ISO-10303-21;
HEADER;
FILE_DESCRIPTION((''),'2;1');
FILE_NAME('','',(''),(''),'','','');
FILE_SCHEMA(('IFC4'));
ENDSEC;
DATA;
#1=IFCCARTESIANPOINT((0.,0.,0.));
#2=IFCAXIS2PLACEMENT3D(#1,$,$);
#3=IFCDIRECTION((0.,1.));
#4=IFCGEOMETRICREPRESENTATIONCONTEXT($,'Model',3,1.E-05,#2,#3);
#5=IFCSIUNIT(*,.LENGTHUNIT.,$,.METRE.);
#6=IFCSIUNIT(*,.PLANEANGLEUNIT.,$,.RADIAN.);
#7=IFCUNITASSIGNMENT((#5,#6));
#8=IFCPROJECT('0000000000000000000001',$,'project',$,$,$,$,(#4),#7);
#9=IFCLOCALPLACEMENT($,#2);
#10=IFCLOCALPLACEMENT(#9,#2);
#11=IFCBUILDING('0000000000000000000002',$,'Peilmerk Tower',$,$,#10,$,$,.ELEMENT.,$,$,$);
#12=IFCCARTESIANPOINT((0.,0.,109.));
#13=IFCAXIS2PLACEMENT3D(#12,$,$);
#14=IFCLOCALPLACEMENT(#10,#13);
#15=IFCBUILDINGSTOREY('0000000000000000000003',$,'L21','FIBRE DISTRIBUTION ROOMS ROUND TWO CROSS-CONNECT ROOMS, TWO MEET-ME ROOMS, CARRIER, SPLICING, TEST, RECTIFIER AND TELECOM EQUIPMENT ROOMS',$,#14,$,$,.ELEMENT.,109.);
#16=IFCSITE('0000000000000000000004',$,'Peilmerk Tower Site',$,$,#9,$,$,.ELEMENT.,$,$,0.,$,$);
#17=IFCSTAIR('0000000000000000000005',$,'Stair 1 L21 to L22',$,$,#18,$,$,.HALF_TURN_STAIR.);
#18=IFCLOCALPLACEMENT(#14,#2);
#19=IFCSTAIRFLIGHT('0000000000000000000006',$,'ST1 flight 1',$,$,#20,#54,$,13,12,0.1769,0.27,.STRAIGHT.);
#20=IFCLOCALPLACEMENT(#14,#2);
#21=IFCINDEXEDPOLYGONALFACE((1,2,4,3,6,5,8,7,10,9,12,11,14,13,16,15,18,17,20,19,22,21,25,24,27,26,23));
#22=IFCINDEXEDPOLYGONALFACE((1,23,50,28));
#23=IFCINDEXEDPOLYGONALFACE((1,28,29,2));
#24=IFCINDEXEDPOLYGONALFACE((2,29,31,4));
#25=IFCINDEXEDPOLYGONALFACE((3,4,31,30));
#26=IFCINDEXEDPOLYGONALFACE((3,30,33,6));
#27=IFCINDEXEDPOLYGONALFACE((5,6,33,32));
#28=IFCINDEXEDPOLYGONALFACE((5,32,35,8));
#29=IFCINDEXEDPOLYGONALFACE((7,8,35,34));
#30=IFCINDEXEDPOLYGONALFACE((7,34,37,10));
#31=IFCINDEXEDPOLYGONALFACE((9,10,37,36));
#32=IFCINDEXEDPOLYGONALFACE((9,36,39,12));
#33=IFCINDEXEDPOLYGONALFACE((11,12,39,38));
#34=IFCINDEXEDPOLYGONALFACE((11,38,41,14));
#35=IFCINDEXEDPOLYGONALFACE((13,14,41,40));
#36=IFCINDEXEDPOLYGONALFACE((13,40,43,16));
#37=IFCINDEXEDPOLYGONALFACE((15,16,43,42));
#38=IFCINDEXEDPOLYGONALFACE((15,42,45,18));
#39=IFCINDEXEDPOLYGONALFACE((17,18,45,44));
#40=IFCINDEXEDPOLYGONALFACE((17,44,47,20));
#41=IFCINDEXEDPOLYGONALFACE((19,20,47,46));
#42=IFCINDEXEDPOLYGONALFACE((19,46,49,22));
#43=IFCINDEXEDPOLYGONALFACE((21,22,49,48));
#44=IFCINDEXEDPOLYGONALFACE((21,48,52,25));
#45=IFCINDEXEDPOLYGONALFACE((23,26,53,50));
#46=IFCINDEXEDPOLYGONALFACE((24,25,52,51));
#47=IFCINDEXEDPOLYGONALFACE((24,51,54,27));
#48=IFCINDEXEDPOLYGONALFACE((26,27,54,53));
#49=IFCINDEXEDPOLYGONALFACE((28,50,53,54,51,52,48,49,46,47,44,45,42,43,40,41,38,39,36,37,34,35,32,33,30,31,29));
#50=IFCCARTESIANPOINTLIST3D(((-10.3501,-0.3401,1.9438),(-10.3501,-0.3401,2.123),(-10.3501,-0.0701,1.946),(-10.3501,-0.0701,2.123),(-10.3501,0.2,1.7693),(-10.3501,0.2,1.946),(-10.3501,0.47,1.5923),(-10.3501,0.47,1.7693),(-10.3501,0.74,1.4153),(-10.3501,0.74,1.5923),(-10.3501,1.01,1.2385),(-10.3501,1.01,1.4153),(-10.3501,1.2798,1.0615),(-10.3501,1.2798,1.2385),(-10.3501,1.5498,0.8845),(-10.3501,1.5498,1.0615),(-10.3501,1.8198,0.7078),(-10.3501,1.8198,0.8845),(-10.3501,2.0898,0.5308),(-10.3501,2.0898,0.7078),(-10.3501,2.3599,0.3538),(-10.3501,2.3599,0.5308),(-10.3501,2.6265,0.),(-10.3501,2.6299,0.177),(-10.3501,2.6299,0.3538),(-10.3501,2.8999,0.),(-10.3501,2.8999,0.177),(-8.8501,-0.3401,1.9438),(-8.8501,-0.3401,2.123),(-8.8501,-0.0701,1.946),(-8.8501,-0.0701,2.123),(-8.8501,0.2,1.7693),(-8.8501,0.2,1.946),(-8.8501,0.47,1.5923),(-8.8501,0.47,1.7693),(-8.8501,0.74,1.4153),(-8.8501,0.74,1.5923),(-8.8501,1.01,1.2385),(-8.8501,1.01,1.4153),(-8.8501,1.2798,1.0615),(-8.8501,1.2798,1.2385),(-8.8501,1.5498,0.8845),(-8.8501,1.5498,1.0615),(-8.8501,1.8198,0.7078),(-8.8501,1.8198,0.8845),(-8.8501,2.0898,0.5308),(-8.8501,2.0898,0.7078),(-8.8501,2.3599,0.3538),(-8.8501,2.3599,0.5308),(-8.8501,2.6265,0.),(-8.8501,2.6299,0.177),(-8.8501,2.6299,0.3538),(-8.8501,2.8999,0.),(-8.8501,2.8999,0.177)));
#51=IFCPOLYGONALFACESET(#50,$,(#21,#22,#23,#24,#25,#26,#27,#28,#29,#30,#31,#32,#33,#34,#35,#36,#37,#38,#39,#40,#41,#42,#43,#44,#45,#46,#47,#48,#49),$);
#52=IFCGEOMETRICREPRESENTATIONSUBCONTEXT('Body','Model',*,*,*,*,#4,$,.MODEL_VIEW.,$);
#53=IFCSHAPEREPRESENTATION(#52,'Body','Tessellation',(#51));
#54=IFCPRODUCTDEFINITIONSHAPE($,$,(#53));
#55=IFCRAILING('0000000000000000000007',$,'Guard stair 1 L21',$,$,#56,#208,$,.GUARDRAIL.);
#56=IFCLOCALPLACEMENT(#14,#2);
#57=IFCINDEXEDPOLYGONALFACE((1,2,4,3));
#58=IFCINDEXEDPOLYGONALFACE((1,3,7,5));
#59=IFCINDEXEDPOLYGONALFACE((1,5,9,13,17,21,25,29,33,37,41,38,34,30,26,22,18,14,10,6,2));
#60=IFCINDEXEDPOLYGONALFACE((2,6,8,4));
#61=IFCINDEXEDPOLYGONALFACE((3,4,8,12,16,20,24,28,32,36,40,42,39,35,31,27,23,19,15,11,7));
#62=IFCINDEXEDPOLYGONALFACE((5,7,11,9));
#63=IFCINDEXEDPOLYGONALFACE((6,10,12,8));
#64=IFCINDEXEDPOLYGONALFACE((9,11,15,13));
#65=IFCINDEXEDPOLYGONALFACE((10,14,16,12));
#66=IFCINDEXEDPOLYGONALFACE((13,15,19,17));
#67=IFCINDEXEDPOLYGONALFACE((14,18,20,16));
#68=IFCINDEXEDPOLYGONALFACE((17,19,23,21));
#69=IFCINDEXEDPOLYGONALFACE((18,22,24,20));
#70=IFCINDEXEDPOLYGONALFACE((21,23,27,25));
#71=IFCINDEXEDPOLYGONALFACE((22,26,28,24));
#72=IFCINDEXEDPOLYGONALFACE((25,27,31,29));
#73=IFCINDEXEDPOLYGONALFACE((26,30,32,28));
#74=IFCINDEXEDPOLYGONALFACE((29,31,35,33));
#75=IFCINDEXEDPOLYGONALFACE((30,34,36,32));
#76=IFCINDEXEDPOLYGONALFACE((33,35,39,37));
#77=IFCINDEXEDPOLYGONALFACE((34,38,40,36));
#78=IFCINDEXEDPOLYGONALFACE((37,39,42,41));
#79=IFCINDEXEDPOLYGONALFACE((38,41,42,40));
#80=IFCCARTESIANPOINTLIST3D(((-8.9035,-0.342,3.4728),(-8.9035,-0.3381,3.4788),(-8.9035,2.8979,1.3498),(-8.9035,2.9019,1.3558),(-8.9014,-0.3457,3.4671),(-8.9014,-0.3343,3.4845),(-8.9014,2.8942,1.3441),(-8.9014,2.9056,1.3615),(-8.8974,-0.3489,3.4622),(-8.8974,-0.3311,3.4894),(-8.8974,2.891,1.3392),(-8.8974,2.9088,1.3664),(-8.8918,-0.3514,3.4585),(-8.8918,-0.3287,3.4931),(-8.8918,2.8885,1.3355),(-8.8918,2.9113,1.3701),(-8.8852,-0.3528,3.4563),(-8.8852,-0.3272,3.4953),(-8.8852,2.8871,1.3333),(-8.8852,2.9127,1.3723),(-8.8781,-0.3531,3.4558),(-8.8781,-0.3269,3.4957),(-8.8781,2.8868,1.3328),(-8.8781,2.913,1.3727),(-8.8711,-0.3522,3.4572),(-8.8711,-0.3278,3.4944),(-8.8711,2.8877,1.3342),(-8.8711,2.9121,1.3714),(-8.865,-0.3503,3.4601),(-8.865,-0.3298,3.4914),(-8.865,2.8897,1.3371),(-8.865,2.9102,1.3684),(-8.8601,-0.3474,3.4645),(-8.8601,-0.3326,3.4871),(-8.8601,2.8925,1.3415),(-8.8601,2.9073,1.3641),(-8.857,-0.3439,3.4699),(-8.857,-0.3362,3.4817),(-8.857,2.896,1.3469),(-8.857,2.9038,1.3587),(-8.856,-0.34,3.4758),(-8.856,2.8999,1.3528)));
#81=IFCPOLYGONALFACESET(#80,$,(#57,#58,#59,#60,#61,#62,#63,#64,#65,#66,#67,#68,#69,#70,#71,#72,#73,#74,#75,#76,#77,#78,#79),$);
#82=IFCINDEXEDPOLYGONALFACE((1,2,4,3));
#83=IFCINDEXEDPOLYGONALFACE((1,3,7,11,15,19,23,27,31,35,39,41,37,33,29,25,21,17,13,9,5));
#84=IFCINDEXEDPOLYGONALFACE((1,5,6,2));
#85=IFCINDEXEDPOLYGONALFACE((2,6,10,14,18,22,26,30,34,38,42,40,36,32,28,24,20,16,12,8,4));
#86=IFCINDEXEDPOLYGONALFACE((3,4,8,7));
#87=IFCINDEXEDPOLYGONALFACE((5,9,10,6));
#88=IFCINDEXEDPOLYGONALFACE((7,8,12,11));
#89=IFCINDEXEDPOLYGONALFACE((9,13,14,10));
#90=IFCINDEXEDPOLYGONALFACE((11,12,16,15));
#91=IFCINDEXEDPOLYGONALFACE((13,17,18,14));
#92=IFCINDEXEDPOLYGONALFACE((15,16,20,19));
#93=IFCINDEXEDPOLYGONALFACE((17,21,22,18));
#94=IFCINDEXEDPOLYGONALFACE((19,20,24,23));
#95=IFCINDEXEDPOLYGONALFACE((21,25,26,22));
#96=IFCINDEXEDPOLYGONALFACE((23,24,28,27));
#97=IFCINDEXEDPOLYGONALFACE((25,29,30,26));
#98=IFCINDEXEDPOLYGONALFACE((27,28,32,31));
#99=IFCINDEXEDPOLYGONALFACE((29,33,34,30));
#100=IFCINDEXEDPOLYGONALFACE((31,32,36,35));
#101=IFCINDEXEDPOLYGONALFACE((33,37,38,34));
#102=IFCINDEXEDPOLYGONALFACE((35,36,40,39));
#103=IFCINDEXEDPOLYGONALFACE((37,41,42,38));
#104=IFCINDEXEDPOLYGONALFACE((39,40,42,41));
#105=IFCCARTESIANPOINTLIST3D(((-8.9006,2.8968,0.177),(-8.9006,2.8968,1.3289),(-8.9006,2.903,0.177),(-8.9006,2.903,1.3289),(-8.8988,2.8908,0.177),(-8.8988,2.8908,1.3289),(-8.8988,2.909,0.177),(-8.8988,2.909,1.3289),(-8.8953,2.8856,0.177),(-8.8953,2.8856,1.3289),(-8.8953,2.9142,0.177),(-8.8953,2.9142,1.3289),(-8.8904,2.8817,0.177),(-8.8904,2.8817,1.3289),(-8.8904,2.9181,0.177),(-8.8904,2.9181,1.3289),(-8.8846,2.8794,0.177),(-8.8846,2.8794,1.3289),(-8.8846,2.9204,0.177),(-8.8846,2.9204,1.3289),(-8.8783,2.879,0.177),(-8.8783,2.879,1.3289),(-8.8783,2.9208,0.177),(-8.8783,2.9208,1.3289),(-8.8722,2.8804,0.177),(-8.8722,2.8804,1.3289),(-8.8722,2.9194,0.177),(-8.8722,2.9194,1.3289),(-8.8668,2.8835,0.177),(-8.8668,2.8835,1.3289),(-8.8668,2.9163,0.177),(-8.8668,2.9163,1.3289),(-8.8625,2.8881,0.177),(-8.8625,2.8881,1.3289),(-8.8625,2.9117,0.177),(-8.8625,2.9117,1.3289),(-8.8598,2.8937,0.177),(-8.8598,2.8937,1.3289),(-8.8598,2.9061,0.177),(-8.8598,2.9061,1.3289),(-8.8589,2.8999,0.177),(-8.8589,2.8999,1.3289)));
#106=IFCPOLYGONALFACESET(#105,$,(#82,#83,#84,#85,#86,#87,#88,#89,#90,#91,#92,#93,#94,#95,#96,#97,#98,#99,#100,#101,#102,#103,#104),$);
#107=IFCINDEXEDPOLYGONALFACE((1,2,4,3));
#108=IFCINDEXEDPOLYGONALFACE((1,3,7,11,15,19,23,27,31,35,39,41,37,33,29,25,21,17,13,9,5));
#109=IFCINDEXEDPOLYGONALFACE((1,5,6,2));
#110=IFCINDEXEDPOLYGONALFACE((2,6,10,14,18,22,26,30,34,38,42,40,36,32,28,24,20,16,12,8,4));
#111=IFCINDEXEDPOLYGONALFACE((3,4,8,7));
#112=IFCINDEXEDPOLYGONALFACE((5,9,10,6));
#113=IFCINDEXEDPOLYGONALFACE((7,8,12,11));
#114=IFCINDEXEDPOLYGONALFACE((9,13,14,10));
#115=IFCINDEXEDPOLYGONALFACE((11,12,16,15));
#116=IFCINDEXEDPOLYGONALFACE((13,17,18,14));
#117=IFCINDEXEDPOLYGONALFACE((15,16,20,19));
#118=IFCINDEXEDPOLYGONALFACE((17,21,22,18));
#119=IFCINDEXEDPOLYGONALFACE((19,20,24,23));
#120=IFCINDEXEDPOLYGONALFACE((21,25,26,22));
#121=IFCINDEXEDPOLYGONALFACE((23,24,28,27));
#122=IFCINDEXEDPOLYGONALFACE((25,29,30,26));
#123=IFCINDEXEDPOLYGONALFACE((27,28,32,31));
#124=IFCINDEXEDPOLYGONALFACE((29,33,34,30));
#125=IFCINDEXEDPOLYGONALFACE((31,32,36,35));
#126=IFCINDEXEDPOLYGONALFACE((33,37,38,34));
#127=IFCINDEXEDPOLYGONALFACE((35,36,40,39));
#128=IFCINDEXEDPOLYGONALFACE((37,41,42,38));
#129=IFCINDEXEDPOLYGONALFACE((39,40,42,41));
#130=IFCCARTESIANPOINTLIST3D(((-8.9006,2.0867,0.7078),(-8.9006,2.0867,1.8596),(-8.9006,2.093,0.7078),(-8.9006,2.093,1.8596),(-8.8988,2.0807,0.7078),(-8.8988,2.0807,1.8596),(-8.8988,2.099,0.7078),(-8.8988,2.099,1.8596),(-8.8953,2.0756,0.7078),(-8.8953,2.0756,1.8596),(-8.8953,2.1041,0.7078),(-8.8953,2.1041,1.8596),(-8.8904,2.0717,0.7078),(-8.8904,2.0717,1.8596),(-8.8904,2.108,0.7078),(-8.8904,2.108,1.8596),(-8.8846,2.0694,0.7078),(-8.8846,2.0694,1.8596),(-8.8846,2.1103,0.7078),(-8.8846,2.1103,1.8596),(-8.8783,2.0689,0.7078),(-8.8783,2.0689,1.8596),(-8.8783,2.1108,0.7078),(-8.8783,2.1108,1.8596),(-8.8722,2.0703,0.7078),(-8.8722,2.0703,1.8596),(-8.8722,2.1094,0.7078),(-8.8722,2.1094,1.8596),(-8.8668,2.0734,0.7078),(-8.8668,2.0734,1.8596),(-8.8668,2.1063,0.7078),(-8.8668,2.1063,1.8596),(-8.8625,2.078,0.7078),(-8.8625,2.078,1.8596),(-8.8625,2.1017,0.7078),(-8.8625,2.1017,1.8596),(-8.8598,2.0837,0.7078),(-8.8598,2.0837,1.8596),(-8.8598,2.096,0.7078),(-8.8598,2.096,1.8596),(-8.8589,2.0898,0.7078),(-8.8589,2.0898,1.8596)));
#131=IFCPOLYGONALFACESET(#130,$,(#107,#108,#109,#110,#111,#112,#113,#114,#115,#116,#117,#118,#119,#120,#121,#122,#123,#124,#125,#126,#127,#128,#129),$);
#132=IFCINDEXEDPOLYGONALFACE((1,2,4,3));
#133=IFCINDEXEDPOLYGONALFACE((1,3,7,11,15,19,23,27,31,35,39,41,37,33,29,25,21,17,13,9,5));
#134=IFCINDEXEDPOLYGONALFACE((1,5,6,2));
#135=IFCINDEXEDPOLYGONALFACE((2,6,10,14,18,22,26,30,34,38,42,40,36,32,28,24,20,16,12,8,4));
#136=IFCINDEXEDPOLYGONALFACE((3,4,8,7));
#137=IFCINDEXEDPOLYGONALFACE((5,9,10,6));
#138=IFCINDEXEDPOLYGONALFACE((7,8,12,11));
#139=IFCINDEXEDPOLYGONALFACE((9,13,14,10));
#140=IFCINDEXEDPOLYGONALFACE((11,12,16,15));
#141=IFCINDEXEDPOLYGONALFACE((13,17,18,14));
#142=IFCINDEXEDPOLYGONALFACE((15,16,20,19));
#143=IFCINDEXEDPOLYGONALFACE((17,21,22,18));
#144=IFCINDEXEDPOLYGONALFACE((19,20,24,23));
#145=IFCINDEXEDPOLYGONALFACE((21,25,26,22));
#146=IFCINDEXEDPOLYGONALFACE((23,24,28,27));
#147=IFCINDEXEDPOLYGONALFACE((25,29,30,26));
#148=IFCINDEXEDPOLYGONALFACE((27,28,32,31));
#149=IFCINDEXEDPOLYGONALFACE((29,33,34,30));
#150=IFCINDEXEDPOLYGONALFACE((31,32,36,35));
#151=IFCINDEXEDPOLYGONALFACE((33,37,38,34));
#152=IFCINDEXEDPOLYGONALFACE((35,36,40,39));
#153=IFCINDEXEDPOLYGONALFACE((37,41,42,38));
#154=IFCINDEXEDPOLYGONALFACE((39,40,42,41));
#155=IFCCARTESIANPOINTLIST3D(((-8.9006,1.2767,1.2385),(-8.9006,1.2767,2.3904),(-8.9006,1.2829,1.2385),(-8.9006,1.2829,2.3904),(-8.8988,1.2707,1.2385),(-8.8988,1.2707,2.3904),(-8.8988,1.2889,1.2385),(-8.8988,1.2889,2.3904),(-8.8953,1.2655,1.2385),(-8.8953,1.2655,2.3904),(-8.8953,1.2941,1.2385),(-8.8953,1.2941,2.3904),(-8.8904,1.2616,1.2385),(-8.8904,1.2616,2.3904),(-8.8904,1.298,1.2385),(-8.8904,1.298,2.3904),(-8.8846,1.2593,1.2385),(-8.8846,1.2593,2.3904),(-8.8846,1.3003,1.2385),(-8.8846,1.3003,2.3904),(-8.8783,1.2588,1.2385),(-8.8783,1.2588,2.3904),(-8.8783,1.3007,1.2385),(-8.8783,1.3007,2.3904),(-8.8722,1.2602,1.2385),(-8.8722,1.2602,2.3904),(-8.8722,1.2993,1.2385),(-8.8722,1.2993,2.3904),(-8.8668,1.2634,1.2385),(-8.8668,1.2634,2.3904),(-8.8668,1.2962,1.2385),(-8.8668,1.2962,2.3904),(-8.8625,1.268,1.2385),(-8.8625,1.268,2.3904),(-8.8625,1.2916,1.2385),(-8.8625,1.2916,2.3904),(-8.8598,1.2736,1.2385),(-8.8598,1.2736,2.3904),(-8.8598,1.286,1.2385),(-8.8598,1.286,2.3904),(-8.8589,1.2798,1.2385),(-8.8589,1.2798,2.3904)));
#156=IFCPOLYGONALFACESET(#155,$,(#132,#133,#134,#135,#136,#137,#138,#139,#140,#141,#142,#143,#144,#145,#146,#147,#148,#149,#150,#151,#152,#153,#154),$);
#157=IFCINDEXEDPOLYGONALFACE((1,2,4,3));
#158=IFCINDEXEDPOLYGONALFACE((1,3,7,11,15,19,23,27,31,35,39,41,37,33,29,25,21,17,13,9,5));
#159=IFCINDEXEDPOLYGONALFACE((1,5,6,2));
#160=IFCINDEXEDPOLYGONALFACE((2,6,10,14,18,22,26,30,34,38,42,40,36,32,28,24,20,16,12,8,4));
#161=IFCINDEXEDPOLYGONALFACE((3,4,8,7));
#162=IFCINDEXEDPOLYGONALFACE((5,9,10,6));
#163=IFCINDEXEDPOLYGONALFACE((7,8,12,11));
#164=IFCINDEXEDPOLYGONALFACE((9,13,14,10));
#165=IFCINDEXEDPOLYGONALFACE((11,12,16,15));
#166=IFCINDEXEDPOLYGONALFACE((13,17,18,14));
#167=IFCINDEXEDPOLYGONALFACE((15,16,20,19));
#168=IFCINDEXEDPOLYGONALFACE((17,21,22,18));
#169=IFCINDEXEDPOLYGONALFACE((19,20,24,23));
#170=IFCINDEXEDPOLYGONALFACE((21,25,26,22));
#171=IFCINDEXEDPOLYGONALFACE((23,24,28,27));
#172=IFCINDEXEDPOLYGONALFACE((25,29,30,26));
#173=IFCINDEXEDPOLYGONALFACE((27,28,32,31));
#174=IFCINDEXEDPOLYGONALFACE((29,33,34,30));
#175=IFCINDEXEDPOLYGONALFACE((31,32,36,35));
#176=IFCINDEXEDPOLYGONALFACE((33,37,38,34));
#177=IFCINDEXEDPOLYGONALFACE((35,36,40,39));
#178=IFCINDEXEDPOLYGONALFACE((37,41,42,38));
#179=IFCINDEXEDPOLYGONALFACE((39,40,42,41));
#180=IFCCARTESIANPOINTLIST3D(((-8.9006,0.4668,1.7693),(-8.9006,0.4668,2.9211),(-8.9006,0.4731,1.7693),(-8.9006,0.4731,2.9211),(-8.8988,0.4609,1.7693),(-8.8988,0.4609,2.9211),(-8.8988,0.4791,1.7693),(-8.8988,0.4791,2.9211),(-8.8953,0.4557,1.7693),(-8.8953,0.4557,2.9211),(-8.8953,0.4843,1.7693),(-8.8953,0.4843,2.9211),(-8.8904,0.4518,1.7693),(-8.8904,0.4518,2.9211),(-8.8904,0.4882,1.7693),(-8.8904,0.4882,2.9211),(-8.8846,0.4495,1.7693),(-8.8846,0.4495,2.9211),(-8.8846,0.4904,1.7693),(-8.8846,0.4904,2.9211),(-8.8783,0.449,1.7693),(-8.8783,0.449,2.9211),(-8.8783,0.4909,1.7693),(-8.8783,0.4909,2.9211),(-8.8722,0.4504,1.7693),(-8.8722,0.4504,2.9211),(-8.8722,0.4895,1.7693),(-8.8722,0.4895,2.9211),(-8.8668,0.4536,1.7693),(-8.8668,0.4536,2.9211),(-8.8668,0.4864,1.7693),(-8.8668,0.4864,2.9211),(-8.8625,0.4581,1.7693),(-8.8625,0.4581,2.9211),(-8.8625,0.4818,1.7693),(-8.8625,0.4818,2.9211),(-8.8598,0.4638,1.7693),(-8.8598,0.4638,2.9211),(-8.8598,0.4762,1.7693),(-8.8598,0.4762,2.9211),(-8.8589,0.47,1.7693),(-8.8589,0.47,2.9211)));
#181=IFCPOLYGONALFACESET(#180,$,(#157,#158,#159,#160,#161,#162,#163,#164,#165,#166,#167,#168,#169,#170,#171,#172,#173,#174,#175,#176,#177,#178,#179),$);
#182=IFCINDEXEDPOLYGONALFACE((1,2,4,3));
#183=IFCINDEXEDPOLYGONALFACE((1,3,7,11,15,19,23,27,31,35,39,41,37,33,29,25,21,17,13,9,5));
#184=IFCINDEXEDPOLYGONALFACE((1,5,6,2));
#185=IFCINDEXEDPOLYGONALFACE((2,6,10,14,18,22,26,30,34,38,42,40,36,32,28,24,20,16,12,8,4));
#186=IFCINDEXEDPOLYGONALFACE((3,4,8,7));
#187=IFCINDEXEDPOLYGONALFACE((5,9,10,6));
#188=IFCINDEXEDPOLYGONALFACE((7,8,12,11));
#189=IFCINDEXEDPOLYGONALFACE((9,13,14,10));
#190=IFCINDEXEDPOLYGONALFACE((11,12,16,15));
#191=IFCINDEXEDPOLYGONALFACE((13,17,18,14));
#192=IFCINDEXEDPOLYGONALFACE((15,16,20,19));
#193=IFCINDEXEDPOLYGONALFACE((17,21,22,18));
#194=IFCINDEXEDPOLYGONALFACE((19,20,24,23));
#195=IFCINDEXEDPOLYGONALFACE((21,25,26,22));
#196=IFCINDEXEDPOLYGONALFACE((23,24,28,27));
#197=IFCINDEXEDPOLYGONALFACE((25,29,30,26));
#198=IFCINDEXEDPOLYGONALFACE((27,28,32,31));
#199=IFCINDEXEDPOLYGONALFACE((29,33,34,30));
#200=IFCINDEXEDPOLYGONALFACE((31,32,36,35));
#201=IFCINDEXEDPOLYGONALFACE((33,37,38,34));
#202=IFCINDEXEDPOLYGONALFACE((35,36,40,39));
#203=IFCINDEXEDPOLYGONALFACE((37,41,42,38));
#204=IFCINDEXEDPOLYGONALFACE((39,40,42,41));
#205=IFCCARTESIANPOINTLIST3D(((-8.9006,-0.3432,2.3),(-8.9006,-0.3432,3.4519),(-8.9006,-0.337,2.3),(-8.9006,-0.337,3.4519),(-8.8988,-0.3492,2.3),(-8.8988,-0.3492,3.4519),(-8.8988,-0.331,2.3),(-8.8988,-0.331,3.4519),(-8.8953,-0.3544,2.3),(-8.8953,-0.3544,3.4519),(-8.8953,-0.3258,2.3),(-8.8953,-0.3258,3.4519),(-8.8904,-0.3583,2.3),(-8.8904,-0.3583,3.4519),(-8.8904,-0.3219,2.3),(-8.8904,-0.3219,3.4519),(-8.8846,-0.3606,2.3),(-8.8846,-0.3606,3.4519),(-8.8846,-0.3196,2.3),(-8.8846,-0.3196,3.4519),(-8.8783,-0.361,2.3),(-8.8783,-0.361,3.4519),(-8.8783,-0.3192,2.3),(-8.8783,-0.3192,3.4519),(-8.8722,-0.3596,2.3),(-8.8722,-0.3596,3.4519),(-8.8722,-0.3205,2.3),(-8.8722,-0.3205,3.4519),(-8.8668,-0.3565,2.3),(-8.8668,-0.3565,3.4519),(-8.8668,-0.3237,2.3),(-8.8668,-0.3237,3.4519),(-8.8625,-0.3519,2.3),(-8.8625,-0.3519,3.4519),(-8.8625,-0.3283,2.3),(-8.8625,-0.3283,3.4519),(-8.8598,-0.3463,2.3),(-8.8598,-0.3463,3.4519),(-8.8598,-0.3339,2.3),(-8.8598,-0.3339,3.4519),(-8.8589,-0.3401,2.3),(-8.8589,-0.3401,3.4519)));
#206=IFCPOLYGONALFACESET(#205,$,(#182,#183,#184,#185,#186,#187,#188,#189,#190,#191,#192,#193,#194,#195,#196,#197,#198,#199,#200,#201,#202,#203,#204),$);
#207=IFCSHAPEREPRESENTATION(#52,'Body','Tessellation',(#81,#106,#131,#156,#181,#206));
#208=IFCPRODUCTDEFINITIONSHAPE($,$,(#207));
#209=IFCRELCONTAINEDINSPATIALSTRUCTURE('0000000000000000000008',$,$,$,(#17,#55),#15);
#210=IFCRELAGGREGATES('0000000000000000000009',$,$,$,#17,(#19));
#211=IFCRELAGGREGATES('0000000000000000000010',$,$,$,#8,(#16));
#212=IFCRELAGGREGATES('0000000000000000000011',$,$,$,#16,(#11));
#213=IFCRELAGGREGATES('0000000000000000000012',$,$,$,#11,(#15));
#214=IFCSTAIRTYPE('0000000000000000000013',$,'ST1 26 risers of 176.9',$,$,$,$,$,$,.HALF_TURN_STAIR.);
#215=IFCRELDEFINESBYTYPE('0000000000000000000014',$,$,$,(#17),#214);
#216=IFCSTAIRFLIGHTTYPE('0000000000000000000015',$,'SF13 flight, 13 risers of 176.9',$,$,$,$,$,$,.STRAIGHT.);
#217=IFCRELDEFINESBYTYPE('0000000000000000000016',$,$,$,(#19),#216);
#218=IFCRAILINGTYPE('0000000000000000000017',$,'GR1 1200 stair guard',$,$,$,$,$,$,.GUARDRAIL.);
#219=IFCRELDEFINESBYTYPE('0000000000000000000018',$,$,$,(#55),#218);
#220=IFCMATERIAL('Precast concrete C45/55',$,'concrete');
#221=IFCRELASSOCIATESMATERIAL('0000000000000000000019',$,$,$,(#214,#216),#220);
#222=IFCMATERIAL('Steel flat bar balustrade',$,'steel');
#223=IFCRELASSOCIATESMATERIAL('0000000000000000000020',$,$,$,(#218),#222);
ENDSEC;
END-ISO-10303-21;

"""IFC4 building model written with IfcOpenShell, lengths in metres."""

from ifc_helpers import new_model, si_unit, direction, frame, origin, origin_2d, place, context, subcontext, project, spatial, polyline, circle, outline, extrude, material, type_object, element, aggregate, save


model = new_model("IFC4")

# Units and contexts
model_context = context("Model", 3, precision=1e-05, world=origin(), true_north=direction((0.0, 1.0)))
body_context = subcontext(model_context, "Body", "Model", "MODEL_VIEW")
ifc_project = project(units=[si_unit("LENGTHUNIT", "METRE"), si_unit("PLANEANGLEUNIT", "RADIAN")], contexts=[model_context])

# Site, building, storey
site_placement = place(None, origin())
site = spatial("IfcSite", under=ifc_project, at=site_placement, Name="Peilmerk Tower Site", CompositionType="ELEMENT", RefElevation=0.0)
building_placement = place(site_placement, origin())
building = spatial("IfcBuilding", under=site, at=building_placement, Name="Peilmerk Tower", CompositionType="ELEMENT")
storey_placement = place(building_placement, frame((0.0, 0.0, 109.0)))
storey = spatial("IfcBuildingStorey", under=building, at=storey_placement, Name="L21", Description="FIBRE DISTRIBUTION ROOMS ROUND TWO CROSS-CONNECT ROOMS, TWO MEET-ME ROOMS, CARRIER, SPLICING, TEST, RECTIFIER AND TELECOM EQUIPMENT ROOMS", CompositionType="ELEMENT", Elevation=109.0)

# Stair, stair flight
ifc_material_1 = material(Name="Precast concrete C45/55", Category="concrete")
stair_type = type_object("IfcStairType", Name="ST1 26 risers of 176.9", PredefinedType="HALF_TURN_STAIR", material=ifc_material_1)
stair_placement = place(storey_placement, origin())
stair = element("IfcStair", 1, at=stair_placement, inside=storey, type_object=stair_type, Name="Stair 1 L21 to L22", PredefinedType="HALF_TURN_STAIR")
stair_flight_type = type_object("IfcStairFlightType", Name="SF13 flight, 13 risers of 176.9", PredefinedType="STRAIGHT", material=ifc_material_1)
stair_flight_placement = place(storey_placement, frame((-9.6001, 2.8999, 0.0), z_axis=(0.0, 0.0, 1.0), x_axis=(0.0, -1.0, 0.0)))
stair_flight = element("IfcStairFlight", 2, at=stair_flight_placement, type_object=stair_flight_type, Name="ST1 flight 1", NumberOfRisers=13, NumberOfTreads=12, PredefinedType="STRAIGHT", RiserHeight=0.1769, TreadLength=0.27, context=body_context, shape_type="SweptSolid", body=[
    extrude(outline(polyline([(0.0, 0.0), (0.0, 0.177), (0.27, 0.177), (0.27, 0.3538), (0.54, 0.3538), (0.54, 0.5308), (0.8101, 0.5308), (0.8101, 0.7078), (1.0801, 0.7078), (1.0801, 0.8845), (1.3501, 0.8845), (1.3501, 1.0615), (1.6201, 1.0615), (1.6201, 1.2385), (1.8899, 1.2385), (1.8899, 1.4153), (2.1599, 1.4153), (2.1599, 1.5923), (2.4299, 1.5923), (2.4299, 1.7693), (2.7, 1.7693), (2.7, 1.946), (2.97, 1.946), (2.97, 2.123), (3.24, 2.123), (3.24, 2.3), (3.24, 1.9438), (0.2734, 0.0), (0.0, 0.0)])), frame((0.0, 0.75, 0.0), z_axis=(0.0, -1.0, 0.0), x_axis=(1.0, 0.0, 0.0)), (0.0, 0.0, 1.0), 1.5),
])
aggregate(stair, [stair_flight])

# Railing
ifc_material_2 = material(Name="Steel flat bar balustrade", Category="steel")
railing_type_1 = type_object("IfcRailingType", Name="GR1 1200 stair guard", PredefinedType="GUARDRAIL", material=ifc_material_2)
railing_1_placement = place(storey_placement, frame((-8.8799, 2.8999, 0.177)))
element("IfcRailing", 3, at=railing_1_placement, inside=storey, type_object=railing_type_1, Name="Guard stair 1 L21", PredefinedType="GUARDRAIL", context=body_context, shape_type="SweptSolid", body=[
    extrude(circle(Radius=0.0239, at=origin_2d()), frame((0.0, 0.0, 1.1758), z_axis=(0.0, -0.836426, 0.548079), x_axis=(1.0, 0.0, 0.0)), (0.0, 0.0, 1.0), 3.8735),
    extrude(circle(Radius=0.021, at=origin_2d()), origin(), (0.0, 0.0, 1.0), 1.1519),
    extrude(circle(Radius=0.021, at=origin_2d()), frame((0.0, -0.8101, 0.5308)), (0.0, 0.0, 1.0), 1.1519),
    extrude(circle(Radius=0.021, at=origin_2d()), frame((0.0, -1.6201, 1.0615)), (0.0, 0.0, 1.0), 1.1519),
    extrude(circle(Radius=0.021, at=origin_2d()), frame((0.0, -2.4299, 1.5923)), (0.0, 0.0, 1.0), 1.1519),
    extrude(circle(Radius=0.021, at=origin_2d()), frame((0.0, -3.24, 2.123)), (0.0, 0.0, 1.0), 1.1519),
])

save(model, "model.ifc")
